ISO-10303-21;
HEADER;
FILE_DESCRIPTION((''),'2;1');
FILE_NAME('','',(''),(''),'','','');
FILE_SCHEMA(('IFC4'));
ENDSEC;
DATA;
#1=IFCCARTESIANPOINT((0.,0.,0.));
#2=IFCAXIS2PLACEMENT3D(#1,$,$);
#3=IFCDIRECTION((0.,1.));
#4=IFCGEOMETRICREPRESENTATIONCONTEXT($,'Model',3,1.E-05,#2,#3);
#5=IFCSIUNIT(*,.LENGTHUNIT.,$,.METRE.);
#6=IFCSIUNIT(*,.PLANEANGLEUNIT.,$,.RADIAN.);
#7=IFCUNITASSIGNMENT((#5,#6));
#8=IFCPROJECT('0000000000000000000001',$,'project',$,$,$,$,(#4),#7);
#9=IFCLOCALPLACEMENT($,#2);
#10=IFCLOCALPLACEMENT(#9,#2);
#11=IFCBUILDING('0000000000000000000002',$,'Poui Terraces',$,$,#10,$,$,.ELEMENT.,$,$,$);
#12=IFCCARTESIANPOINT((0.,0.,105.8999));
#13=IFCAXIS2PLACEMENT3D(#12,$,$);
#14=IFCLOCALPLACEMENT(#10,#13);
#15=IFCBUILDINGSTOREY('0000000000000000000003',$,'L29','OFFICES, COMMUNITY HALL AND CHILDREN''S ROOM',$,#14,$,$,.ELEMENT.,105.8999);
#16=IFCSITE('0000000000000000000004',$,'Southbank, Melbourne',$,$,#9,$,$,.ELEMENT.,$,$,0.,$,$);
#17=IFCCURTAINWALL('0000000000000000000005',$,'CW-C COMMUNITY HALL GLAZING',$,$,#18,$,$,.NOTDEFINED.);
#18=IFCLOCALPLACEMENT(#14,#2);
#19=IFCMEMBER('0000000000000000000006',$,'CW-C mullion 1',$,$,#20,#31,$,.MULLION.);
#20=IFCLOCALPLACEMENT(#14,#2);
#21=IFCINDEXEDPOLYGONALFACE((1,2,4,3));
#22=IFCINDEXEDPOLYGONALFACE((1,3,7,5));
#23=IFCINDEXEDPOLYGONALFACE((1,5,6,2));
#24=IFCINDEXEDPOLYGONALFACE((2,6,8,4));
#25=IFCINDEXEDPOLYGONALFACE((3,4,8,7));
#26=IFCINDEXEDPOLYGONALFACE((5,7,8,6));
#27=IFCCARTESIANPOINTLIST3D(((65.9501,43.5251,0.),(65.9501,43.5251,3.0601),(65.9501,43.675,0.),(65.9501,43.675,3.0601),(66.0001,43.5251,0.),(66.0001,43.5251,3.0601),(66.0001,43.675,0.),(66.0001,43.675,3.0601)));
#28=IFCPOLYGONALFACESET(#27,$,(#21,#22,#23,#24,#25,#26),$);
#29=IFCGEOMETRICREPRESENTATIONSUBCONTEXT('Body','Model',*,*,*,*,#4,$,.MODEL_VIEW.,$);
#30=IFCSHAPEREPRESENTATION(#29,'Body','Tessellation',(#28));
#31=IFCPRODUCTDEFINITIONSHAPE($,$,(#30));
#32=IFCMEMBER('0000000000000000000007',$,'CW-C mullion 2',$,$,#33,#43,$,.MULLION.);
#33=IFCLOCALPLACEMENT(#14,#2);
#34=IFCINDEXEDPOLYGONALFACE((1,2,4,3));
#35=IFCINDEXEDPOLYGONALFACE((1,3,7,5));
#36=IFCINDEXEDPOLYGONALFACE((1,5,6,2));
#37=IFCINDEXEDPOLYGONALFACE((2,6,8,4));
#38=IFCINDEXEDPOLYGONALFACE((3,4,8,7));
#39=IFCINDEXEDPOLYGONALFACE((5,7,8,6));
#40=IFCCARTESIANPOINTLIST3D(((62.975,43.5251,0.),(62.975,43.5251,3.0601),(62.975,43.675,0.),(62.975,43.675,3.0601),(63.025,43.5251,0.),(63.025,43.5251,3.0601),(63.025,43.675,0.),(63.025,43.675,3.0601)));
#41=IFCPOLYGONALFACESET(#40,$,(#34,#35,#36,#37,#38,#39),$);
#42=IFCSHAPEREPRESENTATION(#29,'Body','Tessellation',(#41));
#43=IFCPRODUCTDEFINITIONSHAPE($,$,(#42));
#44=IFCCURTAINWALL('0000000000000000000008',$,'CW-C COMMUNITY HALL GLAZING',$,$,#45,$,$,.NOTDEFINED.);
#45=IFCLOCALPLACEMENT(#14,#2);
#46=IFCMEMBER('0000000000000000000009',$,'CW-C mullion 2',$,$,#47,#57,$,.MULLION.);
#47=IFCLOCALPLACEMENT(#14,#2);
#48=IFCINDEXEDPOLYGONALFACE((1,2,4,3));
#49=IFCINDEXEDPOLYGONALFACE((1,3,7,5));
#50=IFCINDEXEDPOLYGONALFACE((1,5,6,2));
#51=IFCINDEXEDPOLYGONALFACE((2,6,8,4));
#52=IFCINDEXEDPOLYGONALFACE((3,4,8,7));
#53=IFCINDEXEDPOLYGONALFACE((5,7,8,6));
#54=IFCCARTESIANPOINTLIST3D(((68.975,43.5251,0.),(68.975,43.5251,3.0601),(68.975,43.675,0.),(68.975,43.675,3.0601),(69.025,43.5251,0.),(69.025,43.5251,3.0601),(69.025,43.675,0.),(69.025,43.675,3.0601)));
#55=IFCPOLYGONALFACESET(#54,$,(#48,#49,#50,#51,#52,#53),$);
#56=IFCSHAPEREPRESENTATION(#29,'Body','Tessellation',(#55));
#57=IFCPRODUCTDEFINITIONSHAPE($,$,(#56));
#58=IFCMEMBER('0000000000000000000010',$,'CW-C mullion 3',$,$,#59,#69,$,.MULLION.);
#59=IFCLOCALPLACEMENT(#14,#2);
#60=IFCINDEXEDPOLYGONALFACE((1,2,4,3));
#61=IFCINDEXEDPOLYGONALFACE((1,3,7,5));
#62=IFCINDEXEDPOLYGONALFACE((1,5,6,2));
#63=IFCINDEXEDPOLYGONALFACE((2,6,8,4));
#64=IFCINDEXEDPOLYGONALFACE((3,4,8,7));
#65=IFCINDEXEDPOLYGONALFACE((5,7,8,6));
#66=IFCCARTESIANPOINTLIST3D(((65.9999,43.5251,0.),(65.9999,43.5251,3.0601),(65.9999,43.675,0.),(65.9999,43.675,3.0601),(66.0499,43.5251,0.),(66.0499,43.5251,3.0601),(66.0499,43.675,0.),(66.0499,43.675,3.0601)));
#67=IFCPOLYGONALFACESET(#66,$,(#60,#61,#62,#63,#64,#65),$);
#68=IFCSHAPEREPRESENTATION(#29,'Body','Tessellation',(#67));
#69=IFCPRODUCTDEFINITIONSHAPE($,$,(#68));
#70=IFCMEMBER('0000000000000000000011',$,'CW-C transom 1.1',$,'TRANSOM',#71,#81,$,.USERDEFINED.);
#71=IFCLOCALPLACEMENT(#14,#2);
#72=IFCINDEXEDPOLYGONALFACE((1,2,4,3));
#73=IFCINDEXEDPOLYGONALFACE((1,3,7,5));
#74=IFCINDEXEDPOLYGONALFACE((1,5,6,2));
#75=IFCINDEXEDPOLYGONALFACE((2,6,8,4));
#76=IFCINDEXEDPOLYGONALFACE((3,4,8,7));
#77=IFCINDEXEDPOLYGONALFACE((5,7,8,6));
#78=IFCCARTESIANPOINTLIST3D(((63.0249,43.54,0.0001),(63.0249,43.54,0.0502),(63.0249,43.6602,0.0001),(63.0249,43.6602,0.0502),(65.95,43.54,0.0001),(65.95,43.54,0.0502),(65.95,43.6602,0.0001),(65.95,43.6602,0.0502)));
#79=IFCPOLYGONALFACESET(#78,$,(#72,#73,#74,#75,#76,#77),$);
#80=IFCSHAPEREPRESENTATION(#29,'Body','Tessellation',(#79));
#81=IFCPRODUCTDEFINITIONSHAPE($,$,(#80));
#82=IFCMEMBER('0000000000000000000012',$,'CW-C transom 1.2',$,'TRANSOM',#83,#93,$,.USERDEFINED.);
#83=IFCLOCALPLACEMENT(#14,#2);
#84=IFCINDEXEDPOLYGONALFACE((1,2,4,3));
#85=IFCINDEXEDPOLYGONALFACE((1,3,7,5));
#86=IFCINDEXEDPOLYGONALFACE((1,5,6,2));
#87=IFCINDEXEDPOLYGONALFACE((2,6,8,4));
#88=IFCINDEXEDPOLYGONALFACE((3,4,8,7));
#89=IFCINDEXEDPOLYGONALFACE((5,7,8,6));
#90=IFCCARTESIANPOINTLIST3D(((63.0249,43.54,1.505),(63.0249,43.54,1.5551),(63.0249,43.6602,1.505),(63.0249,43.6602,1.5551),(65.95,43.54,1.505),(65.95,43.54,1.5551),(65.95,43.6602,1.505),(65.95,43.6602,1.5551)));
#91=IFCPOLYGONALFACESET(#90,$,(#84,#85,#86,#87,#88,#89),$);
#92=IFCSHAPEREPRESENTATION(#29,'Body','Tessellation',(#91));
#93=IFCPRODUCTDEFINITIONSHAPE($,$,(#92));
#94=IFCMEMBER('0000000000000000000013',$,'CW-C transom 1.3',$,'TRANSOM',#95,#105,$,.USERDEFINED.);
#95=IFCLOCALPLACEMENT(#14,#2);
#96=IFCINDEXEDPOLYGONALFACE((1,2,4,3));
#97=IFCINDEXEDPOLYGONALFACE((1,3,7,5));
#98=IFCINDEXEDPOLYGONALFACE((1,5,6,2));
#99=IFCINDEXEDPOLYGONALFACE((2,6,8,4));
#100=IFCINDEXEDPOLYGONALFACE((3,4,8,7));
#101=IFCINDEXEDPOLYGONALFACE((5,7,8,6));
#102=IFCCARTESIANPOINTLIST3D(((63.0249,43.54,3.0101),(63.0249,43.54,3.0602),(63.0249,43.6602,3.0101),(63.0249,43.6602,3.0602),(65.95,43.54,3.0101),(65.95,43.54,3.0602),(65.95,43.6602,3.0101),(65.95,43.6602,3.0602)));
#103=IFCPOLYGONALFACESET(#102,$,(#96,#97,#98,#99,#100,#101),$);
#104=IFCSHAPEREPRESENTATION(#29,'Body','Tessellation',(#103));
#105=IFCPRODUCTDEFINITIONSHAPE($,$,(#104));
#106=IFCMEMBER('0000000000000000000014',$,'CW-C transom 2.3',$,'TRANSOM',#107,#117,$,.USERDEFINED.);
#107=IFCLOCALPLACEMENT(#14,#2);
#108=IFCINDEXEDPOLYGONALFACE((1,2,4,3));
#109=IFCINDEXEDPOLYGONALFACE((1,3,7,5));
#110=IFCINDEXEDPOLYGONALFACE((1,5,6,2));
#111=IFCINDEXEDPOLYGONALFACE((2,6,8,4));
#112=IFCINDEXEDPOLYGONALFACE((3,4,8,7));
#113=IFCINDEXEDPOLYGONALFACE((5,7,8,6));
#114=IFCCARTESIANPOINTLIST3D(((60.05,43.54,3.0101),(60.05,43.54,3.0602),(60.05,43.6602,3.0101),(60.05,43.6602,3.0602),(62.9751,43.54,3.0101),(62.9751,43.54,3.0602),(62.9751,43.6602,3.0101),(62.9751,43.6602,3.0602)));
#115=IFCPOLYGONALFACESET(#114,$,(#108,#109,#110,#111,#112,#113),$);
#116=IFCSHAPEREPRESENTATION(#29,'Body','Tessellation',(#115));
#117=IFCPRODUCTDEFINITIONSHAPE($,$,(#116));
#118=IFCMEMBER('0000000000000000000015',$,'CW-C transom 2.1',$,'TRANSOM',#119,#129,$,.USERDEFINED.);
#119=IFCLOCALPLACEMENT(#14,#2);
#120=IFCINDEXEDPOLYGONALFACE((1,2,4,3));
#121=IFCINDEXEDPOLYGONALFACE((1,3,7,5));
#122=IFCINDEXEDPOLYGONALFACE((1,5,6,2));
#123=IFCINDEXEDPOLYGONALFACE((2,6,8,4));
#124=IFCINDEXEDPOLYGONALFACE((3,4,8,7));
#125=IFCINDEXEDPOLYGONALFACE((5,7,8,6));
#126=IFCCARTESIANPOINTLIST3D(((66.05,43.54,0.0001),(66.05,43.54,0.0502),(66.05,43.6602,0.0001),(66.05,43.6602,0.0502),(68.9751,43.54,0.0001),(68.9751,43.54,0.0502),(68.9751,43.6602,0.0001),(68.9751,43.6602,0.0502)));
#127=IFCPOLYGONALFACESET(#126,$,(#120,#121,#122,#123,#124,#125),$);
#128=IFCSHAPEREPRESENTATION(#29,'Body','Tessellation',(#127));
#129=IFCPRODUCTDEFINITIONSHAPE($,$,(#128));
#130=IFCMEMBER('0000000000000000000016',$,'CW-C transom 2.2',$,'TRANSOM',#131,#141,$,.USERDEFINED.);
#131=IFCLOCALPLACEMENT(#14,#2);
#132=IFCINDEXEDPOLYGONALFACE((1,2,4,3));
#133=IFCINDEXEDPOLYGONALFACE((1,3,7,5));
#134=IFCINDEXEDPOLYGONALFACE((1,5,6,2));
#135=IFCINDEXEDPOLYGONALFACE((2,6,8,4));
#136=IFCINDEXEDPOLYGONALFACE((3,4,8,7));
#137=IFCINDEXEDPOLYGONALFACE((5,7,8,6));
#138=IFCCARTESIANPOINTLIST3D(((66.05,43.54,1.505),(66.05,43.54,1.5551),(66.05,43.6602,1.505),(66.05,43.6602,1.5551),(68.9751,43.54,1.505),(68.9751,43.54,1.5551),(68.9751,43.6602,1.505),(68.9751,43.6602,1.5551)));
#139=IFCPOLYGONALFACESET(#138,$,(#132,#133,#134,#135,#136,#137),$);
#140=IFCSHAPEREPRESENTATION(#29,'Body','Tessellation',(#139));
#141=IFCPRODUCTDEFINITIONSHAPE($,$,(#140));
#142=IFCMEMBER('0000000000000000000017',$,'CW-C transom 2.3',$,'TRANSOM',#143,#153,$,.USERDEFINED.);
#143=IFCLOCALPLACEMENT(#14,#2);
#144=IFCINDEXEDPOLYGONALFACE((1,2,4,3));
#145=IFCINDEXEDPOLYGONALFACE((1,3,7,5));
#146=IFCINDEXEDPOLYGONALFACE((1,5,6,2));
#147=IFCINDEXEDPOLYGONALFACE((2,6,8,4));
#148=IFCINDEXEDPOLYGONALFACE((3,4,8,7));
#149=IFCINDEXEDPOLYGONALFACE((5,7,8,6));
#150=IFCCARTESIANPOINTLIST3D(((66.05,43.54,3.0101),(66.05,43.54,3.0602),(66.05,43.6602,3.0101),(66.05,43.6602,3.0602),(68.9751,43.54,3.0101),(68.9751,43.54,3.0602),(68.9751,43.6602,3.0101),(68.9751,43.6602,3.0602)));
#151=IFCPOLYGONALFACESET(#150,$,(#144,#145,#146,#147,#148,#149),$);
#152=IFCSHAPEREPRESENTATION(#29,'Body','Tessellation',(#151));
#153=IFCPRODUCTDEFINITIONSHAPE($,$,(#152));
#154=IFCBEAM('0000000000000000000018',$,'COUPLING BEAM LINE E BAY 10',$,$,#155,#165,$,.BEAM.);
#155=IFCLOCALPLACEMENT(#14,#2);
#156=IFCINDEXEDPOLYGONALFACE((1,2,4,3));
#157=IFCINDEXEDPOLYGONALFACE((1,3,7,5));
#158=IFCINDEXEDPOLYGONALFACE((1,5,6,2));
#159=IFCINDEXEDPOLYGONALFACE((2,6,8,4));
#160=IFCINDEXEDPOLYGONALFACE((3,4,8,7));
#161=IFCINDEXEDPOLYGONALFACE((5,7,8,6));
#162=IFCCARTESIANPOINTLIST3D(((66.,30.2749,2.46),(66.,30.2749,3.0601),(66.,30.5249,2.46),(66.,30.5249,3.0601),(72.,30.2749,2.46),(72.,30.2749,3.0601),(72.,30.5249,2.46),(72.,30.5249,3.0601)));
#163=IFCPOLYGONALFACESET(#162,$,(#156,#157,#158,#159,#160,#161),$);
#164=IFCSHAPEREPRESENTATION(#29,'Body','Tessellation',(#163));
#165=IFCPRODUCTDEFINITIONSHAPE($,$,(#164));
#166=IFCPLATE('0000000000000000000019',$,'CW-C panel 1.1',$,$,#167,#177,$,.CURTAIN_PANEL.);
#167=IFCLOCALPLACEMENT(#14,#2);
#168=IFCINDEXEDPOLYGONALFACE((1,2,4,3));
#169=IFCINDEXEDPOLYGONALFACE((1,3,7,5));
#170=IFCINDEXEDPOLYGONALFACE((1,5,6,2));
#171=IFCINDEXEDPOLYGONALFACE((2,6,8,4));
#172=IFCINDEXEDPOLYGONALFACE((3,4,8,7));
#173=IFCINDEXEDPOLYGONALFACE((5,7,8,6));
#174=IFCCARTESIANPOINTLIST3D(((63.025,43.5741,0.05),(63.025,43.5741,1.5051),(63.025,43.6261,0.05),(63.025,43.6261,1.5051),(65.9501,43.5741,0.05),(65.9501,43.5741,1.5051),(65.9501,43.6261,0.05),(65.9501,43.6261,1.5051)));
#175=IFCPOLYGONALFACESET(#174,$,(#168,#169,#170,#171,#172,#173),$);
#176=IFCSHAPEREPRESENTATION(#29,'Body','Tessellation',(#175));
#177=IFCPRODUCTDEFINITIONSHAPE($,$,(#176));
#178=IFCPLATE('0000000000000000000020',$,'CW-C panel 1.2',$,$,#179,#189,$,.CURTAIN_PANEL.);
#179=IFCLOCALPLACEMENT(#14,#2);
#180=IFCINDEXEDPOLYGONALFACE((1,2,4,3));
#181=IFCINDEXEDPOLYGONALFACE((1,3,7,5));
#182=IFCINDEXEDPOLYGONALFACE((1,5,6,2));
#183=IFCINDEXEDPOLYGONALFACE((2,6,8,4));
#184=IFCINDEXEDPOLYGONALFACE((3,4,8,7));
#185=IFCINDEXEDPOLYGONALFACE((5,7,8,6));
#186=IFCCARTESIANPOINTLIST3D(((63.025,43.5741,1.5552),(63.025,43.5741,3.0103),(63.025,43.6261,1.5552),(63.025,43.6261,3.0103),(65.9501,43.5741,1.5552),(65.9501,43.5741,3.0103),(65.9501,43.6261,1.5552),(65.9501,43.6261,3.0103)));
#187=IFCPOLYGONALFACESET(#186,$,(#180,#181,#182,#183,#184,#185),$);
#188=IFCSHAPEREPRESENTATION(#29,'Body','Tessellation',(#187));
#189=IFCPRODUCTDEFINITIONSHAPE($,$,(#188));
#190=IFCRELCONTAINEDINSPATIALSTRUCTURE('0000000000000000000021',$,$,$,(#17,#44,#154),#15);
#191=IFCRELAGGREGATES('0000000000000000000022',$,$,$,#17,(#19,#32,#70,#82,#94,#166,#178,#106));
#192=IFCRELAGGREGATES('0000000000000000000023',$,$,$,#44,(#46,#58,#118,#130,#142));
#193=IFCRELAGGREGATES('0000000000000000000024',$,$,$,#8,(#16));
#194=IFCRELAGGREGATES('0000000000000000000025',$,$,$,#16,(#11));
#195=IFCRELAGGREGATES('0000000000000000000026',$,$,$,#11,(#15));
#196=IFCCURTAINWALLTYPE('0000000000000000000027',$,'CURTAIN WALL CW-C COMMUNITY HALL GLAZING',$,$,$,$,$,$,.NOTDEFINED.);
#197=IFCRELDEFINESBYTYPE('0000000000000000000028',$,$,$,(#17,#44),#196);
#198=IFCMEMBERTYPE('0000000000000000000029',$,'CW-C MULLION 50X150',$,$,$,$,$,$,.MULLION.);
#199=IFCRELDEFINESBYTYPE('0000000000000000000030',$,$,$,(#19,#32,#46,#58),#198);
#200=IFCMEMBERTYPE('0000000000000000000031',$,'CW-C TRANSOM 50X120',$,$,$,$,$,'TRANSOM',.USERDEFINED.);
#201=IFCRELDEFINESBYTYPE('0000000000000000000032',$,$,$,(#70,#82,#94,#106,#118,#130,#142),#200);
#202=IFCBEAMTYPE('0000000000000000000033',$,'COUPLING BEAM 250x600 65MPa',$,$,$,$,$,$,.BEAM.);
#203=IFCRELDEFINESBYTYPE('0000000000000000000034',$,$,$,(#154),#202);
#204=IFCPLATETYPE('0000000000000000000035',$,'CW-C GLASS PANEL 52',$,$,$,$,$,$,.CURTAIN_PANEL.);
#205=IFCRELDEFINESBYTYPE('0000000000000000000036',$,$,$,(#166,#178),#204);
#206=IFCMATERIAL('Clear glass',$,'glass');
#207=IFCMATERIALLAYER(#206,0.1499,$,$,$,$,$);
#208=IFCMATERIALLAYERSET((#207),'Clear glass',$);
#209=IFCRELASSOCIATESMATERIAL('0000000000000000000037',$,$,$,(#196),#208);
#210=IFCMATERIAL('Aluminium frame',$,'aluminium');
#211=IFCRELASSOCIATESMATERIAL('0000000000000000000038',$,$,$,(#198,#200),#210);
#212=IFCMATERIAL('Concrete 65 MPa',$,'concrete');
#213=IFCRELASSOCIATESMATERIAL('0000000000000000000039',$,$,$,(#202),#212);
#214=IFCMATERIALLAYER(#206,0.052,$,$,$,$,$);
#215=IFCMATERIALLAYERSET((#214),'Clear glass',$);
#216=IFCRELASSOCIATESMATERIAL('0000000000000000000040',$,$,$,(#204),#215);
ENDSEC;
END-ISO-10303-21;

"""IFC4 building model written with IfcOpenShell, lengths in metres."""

from ifc_helpers import new_model, si_unit, direction, frame, origin, origin_2d, place, context, subcontext, project, spatial, rectangle, extrude, source, transform, mapped, material, layer, layer_set, material_profile, profile_set, type_object, element, aggregate, save


model = new_model("IFC4")

# Units and contexts
model_context = context("Model", 3, precision=1e-05, world=origin(), true_north=direction((0.0, 1.0)))
body_context = subcontext(model_context, "Body", "Model", "MODEL_VIEW")
ifc_project = project(units=[si_unit("LENGTHUNIT", "METRE"), si_unit("PLANEANGLEUNIT", "RADIAN")], contexts=[model_context])

# Site, building, storey
site_placement = place(None, origin())
site = spatial("IfcSite", under=ifc_project, at=site_placement, Name="Southbank, Melbourne", CompositionType="ELEMENT", RefElevation=0.0)
building_placement = place(site_placement, origin())
building = spatial("IfcBuilding", under=site, at=building_placement, Name="Poui Terraces", CompositionType="ELEMENT")
storey_placement = place(building_placement, frame((0.0, 0.0, 105.8999)))
storey = spatial("IfcBuildingStorey", under=building, at=storey_placement, Name="L29", Description="OFFICES, COMMUNITY HALL AND CHILDREN'S ROOM", CompositionType="ELEMENT", Elevation=105.8999)

# Curtain walls, members
ifc_material_1 = material(Name="Clear glass", Category="glass")
ifc_layer_1 = layer(ifc_material_1, 0.1499)
ifc_layer_set_1 = layer_set([ifc_layer_1], Name="Clear glass")
curtain_wall_type = type_object("IfcCurtainWallType", Name="CURTAIN WALL CW-C COMMUNITY HALL GLAZING", PredefinedType="NOTDEFINED", material=ifc_layer_set_1)
curtain_wall_1_placement = place(storey_placement, origin())
curtain_wall_1 = element("IfcCurtainWall", 1, at=curtain_wall_1_placement, inside=storey, type_object=curtain_wall_type, Name="CW-C COMMUNITY HALL GLAZING", PredefinedType="NOTDEFINED")
ifc_material_2 = material(Name="Aluminium frame", Category="aluminium")
ifc_material_profile_1 = material_profile(ifc_material_2, rectangle(XDim=0.1499, YDim=0.05, at=origin_2d()), Name="CW-C MULLION 50X150")
ifc_profile_set_1 = profile_set([ifc_material_profile_1], Name="Aluminium frame")
member_type_1 = type_object("IfcMemberType", Name="CW-C MULLION 50X150", PredefinedType="MULLION", material=ifc_profile_set_1)
member_1_placement = place(storey_placement, frame((65.9751, 43.6001, 0.0), z_axis=(0.0, 0.0, 1.0), x_axis=(0.0, -1.0, 0.0)))
member_1 = element("IfcMember", 2, at=member_1_placement, type_object=member_type_1, Name="CW-C mullion 1", PredefinedType="MULLION", context=body_context, shape_type="SweptSolid", body=[
    extrude(rectangle(XDim=0.1499, YDim=0.05, at=origin_2d()), origin(), (0.0, 0.0, 1.0), 3.0601),
])
member_2_placement = place(storey_placement, frame((63.0, 43.6001, 0.0), z_axis=(0.0, 0.0, 1.0), x_axis=(0.0, -1.0, 0.0)))
member_2 = element("IfcMember", 3, at=member_2_placement, type_object=member_type_1, Name="CW-C mullion 2", PredefinedType="MULLION", context=body_context, shape_type="SweptSolid", body=[
    extrude(rectangle(XDim=0.1499, YDim=0.05, at=origin_2d()), origin(), (0.0, 0.0, 1.0), 3.0601),
])
curtain_wall_2_placement = place(storey_placement, origin())
curtain_wall_2 = element("IfcCurtainWall", 4, at=curtain_wall_2_placement, inside=storey, type_object=curtain_wall_type, Name="CW-C COMMUNITY HALL GLAZING", PredefinedType="NOTDEFINED")
member_3_placement = place(storey_placement, frame((69.0, 43.6001, 0.0), z_axis=(0.0, 0.0, 1.0), x_axis=(0.0, -1.0, 0.0)))
member_3 = element("IfcMember", 5, at=member_3_placement, type_object=member_type_1, Name="CW-C mullion 2", PredefinedType="MULLION", context=body_context, shape_type="SweptSolid", body=[
    extrude(rectangle(XDim=0.1499, YDim=0.05, at=origin_2d()), origin(), (0.0, 0.0, 1.0), 3.0601),
])
member_4_placement = place(storey_placement, frame((66.0249, 43.6001, 0.0), z_axis=(0.0, 0.0, 1.0), x_axis=(0.0, -1.0, 0.0)))
member_4 = element("IfcMember", 6, at=member_4_placement, type_object=member_type_1, Name="CW-C mullion 3", PredefinedType="MULLION", context=body_context, shape_type="SweptSolid", body=[
    extrude(rectangle(XDim=0.1499, YDim=0.05, at=origin_2d()), origin(), (0.0, 0.0, 1.0), 3.0601),
])

# Members
ifc_material_profile_2 = material_profile(ifc_material_2, rectangle(XDim=0.1201, YDim=0.05, at=origin_2d()), Name="CW-C TRANSOM 50X120")
ifc_profile_set_2 = profile_set([ifc_material_profile_2], Name="Aluminium frame")
member_type_2 = type_object("IfcMemberType", Name="CW-C TRANSOM 50X120", ElementType="TRANSOM", PredefinedType="USERDEFINED", material=ifc_profile_set_2)
member_5_placement = place(storey_placement, frame((65.95, 43.6001, 0.0251), z_axis=(-1.0, 0.0, 0.0), x_axis=(0.0, -1.0, 0.0)))
member_5 = element("IfcMember", 7, at=member_5_placement, type_object=member_type_2, Name="CW-C transom 1.1", ObjectType="TRANSOM", PredefinedType="USERDEFINED", context=body_context, shape_type="SweptSolid", body=[
    extrude(rectangle(XDim=0.1201, YDim=0.05, at=origin_2d()), origin(), (0.0, 0.0, 1.0), 2.925),
])
member_6_placement = place(storey_placement, frame((65.95, 43.6001, 1.53), z_axis=(-1.0, 0.0, 0.0), x_axis=(0.0, -1.0, 0.0)))
member_6 = element("IfcMember", 8, at=member_6_placement, type_object=member_type_2, Name="CW-C transom 1.2", ObjectType="TRANSOM", PredefinedType="USERDEFINED", context=body_context, shape_type="SweptSolid", body=[
    extrude(rectangle(XDim=0.1201, YDim=0.05, at=origin_2d()), origin(), (0.0, 0.0, 1.0), 2.925),
])
member_7_placement = place(storey_placement, frame((65.95, 43.6001, 3.0352), z_axis=(-1.0, 0.0, 0.0), x_axis=(0.0, -1.0, 0.0)))
member_7 = element("IfcMember", 9, at=member_7_placement, type_object=member_type_2, Name="CW-C transom 1.3", ObjectType="TRANSOM", PredefinedType="USERDEFINED", context=body_context, shape_type="SweptSolid", body=[
    extrude(rectangle(XDim=0.1201, YDim=0.05, at=origin_2d()), origin(), (0.0, 0.0, 1.0), 2.925),
])
member_8_placement = place(storey_placement, frame((62.9751, 43.6001, 3.0352), z_axis=(-1.0, 0.0, 0.0), x_axis=(0.0, -1.0, 0.0)))
member_8 = element("IfcMember", 10, at=member_8_placement, type_object=member_type_2, Name="CW-C transom 2.3", ObjectType="TRANSOM", PredefinedType="USERDEFINED", context=body_context, shape_type="SweptSolid", body=[
    extrude(rectangle(XDim=0.1201, YDim=0.05, at=origin_2d()), origin(), (0.0, 0.0, 1.0), 2.925),
])
member_9_placement = place(storey_placement, frame((68.9751, 43.6001, 0.0251), z_axis=(-1.0, 0.0, 0.0), x_axis=(0.0, -1.0, 0.0)))
member_9 = element("IfcMember", 11, at=member_9_placement, type_object=member_type_2, Name="CW-C transom 2.1", ObjectType="TRANSOM", PredefinedType="USERDEFINED", context=body_context, shape_type="SweptSolid", body=[
    extrude(rectangle(XDim=0.1201, YDim=0.05, at=origin_2d()), origin(), (0.0, 0.0, 1.0), 2.925),
])
member_10_placement = place(storey_placement, frame((68.9751, 43.6001, 1.53), z_axis=(-1.0, 0.0, 0.0), x_axis=(0.0, -1.0, 0.0)))
member_10 = element("IfcMember", 12, at=member_10_placement, type_object=member_type_2, Name="CW-C transom 2.2", ObjectType="TRANSOM", PredefinedType="USERDEFINED", context=body_context, shape_type="SweptSolid", body=[
    extrude(rectangle(XDim=0.1201, YDim=0.05, at=origin_2d()), origin(), (0.0, 0.0, 1.0), 2.925),
])
member_11_placement = place(storey_placement, frame((68.9751, 43.6001, 3.0352), z_axis=(-1.0, 0.0, 0.0), x_axis=(0.0, -1.0, 0.0)))
member_11 = element("IfcMember", 13, at=member_11_placement, type_object=member_type_2, Name="CW-C transom 2.3", ObjectType="TRANSOM", PredefinedType="USERDEFINED", context=body_context, shape_type="SweptSolid", body=[
    extrude(rectangle(XDim=0.1201, YDim=0.05, at=origin_2d()), origin(), (0.0, 0.0, 1.0), 2.925),
])

# Beam
ifc_material_3 = material(Name="Concrete 65 MPa", Category="concrete")
ifc_material_profile_3 = material_profile(ifc_material_3, rectangle(XDim=0.25, YDim=0.6001, at=origin_2d()), Name="RC 250x600")
ifc_profile_set_3 = profile_set([ifc_material_profile_3], Name="Concrete 65 MPa")
beam_type = type_object("IfcBeamType", Name="COUPLING BEAM 250x600 65MPa", PredefinedType="BEAM", material=ifc_profile_set_3)
shared_shape = source(origin(), body_context, "Body", "SweptSolid", [
    extrude(rectangle(XDim=0.25, YDim=0.6001, at=origin_2d()), origin(), (0.0, 0.0, 1.0), 6.0),
])
beam_placement = place(storey_placement, frame((66.0, 30.3999, 2.76), z_axis=(1.0, 0.0, 0.0), x_axis=(0.0, 1.0, 0.0)))
element("IfcBeam", 14, at=beam_placement, inside=storey, type_object=beam_type, Name="COUPLING BEAM LINE E BAY 10", PredefinedType="BEAM", context=body_context, shape_type="MappedRepresentation", body=[
    mapped(shared_shape, transform((0.0, 0.0, 0.0))),
])

# Plates
ifc_layer_2 = layer(ifc_material_1, 0.052)
ifc_layer_set_2 = layer_set([ifc_layer_2], Name="Clear glass")
plate_type = type_object("IfcPlateType", Name="CW-C GLASS PANEL 52", PredefinedType="CURTAIN_PANEL", material=ifc_layer_set_2)
plate_1_placement = place(storey_placement, frame((64.4875, 43.6001, 0.05), z_axis=(0.0, 0.0, 1.0), x_axis=(-1.0, 0.0, 0.0)))
plate_1 = element("IfcPlate", 15, at=plate_1_placement, type_object=plate_type, Name="CW-C panel 1.1", PredefinedType="CURTAIN_PANEL", context=body_context, shape_type="SweptSolid", body=[
    extrude(rectangle(XDim=2.925, YDim=0.052, at=origin_2d()), origin(), (0.0, 0.0, 1.0), 1.4551),
])
plate_2_placement = place(storey_placement, frame((64.4875, 43.6001, 1.5552), z_axis=(0.0, 0.0, 1.0), x_axis=(-1.0, 0.0, 0.0)))
plate_2 = element("IfcPlate", 16, at=plate_2_placement, type_object=plate_type, Name="CW-C panel 1.2", PredefinedType="CURTAIN_PANEL", context=body_context, shape_type="SweptSolid", body=[
    extrude(rectangle(XDim=2.925, YDim=0.052, at=origin_2d()), origin(), (0.0, 0.0, 1.0), 1.4551),
])
aggregate(curtain_wall_1, [member_1, member_2, member_5, member_6, member_7, plate_1, plate_2, member_8])
aggregate(curtain_wall_2, [member_3, member_4, member_9, member_10, member_11])

save(model, "model.ifc")
